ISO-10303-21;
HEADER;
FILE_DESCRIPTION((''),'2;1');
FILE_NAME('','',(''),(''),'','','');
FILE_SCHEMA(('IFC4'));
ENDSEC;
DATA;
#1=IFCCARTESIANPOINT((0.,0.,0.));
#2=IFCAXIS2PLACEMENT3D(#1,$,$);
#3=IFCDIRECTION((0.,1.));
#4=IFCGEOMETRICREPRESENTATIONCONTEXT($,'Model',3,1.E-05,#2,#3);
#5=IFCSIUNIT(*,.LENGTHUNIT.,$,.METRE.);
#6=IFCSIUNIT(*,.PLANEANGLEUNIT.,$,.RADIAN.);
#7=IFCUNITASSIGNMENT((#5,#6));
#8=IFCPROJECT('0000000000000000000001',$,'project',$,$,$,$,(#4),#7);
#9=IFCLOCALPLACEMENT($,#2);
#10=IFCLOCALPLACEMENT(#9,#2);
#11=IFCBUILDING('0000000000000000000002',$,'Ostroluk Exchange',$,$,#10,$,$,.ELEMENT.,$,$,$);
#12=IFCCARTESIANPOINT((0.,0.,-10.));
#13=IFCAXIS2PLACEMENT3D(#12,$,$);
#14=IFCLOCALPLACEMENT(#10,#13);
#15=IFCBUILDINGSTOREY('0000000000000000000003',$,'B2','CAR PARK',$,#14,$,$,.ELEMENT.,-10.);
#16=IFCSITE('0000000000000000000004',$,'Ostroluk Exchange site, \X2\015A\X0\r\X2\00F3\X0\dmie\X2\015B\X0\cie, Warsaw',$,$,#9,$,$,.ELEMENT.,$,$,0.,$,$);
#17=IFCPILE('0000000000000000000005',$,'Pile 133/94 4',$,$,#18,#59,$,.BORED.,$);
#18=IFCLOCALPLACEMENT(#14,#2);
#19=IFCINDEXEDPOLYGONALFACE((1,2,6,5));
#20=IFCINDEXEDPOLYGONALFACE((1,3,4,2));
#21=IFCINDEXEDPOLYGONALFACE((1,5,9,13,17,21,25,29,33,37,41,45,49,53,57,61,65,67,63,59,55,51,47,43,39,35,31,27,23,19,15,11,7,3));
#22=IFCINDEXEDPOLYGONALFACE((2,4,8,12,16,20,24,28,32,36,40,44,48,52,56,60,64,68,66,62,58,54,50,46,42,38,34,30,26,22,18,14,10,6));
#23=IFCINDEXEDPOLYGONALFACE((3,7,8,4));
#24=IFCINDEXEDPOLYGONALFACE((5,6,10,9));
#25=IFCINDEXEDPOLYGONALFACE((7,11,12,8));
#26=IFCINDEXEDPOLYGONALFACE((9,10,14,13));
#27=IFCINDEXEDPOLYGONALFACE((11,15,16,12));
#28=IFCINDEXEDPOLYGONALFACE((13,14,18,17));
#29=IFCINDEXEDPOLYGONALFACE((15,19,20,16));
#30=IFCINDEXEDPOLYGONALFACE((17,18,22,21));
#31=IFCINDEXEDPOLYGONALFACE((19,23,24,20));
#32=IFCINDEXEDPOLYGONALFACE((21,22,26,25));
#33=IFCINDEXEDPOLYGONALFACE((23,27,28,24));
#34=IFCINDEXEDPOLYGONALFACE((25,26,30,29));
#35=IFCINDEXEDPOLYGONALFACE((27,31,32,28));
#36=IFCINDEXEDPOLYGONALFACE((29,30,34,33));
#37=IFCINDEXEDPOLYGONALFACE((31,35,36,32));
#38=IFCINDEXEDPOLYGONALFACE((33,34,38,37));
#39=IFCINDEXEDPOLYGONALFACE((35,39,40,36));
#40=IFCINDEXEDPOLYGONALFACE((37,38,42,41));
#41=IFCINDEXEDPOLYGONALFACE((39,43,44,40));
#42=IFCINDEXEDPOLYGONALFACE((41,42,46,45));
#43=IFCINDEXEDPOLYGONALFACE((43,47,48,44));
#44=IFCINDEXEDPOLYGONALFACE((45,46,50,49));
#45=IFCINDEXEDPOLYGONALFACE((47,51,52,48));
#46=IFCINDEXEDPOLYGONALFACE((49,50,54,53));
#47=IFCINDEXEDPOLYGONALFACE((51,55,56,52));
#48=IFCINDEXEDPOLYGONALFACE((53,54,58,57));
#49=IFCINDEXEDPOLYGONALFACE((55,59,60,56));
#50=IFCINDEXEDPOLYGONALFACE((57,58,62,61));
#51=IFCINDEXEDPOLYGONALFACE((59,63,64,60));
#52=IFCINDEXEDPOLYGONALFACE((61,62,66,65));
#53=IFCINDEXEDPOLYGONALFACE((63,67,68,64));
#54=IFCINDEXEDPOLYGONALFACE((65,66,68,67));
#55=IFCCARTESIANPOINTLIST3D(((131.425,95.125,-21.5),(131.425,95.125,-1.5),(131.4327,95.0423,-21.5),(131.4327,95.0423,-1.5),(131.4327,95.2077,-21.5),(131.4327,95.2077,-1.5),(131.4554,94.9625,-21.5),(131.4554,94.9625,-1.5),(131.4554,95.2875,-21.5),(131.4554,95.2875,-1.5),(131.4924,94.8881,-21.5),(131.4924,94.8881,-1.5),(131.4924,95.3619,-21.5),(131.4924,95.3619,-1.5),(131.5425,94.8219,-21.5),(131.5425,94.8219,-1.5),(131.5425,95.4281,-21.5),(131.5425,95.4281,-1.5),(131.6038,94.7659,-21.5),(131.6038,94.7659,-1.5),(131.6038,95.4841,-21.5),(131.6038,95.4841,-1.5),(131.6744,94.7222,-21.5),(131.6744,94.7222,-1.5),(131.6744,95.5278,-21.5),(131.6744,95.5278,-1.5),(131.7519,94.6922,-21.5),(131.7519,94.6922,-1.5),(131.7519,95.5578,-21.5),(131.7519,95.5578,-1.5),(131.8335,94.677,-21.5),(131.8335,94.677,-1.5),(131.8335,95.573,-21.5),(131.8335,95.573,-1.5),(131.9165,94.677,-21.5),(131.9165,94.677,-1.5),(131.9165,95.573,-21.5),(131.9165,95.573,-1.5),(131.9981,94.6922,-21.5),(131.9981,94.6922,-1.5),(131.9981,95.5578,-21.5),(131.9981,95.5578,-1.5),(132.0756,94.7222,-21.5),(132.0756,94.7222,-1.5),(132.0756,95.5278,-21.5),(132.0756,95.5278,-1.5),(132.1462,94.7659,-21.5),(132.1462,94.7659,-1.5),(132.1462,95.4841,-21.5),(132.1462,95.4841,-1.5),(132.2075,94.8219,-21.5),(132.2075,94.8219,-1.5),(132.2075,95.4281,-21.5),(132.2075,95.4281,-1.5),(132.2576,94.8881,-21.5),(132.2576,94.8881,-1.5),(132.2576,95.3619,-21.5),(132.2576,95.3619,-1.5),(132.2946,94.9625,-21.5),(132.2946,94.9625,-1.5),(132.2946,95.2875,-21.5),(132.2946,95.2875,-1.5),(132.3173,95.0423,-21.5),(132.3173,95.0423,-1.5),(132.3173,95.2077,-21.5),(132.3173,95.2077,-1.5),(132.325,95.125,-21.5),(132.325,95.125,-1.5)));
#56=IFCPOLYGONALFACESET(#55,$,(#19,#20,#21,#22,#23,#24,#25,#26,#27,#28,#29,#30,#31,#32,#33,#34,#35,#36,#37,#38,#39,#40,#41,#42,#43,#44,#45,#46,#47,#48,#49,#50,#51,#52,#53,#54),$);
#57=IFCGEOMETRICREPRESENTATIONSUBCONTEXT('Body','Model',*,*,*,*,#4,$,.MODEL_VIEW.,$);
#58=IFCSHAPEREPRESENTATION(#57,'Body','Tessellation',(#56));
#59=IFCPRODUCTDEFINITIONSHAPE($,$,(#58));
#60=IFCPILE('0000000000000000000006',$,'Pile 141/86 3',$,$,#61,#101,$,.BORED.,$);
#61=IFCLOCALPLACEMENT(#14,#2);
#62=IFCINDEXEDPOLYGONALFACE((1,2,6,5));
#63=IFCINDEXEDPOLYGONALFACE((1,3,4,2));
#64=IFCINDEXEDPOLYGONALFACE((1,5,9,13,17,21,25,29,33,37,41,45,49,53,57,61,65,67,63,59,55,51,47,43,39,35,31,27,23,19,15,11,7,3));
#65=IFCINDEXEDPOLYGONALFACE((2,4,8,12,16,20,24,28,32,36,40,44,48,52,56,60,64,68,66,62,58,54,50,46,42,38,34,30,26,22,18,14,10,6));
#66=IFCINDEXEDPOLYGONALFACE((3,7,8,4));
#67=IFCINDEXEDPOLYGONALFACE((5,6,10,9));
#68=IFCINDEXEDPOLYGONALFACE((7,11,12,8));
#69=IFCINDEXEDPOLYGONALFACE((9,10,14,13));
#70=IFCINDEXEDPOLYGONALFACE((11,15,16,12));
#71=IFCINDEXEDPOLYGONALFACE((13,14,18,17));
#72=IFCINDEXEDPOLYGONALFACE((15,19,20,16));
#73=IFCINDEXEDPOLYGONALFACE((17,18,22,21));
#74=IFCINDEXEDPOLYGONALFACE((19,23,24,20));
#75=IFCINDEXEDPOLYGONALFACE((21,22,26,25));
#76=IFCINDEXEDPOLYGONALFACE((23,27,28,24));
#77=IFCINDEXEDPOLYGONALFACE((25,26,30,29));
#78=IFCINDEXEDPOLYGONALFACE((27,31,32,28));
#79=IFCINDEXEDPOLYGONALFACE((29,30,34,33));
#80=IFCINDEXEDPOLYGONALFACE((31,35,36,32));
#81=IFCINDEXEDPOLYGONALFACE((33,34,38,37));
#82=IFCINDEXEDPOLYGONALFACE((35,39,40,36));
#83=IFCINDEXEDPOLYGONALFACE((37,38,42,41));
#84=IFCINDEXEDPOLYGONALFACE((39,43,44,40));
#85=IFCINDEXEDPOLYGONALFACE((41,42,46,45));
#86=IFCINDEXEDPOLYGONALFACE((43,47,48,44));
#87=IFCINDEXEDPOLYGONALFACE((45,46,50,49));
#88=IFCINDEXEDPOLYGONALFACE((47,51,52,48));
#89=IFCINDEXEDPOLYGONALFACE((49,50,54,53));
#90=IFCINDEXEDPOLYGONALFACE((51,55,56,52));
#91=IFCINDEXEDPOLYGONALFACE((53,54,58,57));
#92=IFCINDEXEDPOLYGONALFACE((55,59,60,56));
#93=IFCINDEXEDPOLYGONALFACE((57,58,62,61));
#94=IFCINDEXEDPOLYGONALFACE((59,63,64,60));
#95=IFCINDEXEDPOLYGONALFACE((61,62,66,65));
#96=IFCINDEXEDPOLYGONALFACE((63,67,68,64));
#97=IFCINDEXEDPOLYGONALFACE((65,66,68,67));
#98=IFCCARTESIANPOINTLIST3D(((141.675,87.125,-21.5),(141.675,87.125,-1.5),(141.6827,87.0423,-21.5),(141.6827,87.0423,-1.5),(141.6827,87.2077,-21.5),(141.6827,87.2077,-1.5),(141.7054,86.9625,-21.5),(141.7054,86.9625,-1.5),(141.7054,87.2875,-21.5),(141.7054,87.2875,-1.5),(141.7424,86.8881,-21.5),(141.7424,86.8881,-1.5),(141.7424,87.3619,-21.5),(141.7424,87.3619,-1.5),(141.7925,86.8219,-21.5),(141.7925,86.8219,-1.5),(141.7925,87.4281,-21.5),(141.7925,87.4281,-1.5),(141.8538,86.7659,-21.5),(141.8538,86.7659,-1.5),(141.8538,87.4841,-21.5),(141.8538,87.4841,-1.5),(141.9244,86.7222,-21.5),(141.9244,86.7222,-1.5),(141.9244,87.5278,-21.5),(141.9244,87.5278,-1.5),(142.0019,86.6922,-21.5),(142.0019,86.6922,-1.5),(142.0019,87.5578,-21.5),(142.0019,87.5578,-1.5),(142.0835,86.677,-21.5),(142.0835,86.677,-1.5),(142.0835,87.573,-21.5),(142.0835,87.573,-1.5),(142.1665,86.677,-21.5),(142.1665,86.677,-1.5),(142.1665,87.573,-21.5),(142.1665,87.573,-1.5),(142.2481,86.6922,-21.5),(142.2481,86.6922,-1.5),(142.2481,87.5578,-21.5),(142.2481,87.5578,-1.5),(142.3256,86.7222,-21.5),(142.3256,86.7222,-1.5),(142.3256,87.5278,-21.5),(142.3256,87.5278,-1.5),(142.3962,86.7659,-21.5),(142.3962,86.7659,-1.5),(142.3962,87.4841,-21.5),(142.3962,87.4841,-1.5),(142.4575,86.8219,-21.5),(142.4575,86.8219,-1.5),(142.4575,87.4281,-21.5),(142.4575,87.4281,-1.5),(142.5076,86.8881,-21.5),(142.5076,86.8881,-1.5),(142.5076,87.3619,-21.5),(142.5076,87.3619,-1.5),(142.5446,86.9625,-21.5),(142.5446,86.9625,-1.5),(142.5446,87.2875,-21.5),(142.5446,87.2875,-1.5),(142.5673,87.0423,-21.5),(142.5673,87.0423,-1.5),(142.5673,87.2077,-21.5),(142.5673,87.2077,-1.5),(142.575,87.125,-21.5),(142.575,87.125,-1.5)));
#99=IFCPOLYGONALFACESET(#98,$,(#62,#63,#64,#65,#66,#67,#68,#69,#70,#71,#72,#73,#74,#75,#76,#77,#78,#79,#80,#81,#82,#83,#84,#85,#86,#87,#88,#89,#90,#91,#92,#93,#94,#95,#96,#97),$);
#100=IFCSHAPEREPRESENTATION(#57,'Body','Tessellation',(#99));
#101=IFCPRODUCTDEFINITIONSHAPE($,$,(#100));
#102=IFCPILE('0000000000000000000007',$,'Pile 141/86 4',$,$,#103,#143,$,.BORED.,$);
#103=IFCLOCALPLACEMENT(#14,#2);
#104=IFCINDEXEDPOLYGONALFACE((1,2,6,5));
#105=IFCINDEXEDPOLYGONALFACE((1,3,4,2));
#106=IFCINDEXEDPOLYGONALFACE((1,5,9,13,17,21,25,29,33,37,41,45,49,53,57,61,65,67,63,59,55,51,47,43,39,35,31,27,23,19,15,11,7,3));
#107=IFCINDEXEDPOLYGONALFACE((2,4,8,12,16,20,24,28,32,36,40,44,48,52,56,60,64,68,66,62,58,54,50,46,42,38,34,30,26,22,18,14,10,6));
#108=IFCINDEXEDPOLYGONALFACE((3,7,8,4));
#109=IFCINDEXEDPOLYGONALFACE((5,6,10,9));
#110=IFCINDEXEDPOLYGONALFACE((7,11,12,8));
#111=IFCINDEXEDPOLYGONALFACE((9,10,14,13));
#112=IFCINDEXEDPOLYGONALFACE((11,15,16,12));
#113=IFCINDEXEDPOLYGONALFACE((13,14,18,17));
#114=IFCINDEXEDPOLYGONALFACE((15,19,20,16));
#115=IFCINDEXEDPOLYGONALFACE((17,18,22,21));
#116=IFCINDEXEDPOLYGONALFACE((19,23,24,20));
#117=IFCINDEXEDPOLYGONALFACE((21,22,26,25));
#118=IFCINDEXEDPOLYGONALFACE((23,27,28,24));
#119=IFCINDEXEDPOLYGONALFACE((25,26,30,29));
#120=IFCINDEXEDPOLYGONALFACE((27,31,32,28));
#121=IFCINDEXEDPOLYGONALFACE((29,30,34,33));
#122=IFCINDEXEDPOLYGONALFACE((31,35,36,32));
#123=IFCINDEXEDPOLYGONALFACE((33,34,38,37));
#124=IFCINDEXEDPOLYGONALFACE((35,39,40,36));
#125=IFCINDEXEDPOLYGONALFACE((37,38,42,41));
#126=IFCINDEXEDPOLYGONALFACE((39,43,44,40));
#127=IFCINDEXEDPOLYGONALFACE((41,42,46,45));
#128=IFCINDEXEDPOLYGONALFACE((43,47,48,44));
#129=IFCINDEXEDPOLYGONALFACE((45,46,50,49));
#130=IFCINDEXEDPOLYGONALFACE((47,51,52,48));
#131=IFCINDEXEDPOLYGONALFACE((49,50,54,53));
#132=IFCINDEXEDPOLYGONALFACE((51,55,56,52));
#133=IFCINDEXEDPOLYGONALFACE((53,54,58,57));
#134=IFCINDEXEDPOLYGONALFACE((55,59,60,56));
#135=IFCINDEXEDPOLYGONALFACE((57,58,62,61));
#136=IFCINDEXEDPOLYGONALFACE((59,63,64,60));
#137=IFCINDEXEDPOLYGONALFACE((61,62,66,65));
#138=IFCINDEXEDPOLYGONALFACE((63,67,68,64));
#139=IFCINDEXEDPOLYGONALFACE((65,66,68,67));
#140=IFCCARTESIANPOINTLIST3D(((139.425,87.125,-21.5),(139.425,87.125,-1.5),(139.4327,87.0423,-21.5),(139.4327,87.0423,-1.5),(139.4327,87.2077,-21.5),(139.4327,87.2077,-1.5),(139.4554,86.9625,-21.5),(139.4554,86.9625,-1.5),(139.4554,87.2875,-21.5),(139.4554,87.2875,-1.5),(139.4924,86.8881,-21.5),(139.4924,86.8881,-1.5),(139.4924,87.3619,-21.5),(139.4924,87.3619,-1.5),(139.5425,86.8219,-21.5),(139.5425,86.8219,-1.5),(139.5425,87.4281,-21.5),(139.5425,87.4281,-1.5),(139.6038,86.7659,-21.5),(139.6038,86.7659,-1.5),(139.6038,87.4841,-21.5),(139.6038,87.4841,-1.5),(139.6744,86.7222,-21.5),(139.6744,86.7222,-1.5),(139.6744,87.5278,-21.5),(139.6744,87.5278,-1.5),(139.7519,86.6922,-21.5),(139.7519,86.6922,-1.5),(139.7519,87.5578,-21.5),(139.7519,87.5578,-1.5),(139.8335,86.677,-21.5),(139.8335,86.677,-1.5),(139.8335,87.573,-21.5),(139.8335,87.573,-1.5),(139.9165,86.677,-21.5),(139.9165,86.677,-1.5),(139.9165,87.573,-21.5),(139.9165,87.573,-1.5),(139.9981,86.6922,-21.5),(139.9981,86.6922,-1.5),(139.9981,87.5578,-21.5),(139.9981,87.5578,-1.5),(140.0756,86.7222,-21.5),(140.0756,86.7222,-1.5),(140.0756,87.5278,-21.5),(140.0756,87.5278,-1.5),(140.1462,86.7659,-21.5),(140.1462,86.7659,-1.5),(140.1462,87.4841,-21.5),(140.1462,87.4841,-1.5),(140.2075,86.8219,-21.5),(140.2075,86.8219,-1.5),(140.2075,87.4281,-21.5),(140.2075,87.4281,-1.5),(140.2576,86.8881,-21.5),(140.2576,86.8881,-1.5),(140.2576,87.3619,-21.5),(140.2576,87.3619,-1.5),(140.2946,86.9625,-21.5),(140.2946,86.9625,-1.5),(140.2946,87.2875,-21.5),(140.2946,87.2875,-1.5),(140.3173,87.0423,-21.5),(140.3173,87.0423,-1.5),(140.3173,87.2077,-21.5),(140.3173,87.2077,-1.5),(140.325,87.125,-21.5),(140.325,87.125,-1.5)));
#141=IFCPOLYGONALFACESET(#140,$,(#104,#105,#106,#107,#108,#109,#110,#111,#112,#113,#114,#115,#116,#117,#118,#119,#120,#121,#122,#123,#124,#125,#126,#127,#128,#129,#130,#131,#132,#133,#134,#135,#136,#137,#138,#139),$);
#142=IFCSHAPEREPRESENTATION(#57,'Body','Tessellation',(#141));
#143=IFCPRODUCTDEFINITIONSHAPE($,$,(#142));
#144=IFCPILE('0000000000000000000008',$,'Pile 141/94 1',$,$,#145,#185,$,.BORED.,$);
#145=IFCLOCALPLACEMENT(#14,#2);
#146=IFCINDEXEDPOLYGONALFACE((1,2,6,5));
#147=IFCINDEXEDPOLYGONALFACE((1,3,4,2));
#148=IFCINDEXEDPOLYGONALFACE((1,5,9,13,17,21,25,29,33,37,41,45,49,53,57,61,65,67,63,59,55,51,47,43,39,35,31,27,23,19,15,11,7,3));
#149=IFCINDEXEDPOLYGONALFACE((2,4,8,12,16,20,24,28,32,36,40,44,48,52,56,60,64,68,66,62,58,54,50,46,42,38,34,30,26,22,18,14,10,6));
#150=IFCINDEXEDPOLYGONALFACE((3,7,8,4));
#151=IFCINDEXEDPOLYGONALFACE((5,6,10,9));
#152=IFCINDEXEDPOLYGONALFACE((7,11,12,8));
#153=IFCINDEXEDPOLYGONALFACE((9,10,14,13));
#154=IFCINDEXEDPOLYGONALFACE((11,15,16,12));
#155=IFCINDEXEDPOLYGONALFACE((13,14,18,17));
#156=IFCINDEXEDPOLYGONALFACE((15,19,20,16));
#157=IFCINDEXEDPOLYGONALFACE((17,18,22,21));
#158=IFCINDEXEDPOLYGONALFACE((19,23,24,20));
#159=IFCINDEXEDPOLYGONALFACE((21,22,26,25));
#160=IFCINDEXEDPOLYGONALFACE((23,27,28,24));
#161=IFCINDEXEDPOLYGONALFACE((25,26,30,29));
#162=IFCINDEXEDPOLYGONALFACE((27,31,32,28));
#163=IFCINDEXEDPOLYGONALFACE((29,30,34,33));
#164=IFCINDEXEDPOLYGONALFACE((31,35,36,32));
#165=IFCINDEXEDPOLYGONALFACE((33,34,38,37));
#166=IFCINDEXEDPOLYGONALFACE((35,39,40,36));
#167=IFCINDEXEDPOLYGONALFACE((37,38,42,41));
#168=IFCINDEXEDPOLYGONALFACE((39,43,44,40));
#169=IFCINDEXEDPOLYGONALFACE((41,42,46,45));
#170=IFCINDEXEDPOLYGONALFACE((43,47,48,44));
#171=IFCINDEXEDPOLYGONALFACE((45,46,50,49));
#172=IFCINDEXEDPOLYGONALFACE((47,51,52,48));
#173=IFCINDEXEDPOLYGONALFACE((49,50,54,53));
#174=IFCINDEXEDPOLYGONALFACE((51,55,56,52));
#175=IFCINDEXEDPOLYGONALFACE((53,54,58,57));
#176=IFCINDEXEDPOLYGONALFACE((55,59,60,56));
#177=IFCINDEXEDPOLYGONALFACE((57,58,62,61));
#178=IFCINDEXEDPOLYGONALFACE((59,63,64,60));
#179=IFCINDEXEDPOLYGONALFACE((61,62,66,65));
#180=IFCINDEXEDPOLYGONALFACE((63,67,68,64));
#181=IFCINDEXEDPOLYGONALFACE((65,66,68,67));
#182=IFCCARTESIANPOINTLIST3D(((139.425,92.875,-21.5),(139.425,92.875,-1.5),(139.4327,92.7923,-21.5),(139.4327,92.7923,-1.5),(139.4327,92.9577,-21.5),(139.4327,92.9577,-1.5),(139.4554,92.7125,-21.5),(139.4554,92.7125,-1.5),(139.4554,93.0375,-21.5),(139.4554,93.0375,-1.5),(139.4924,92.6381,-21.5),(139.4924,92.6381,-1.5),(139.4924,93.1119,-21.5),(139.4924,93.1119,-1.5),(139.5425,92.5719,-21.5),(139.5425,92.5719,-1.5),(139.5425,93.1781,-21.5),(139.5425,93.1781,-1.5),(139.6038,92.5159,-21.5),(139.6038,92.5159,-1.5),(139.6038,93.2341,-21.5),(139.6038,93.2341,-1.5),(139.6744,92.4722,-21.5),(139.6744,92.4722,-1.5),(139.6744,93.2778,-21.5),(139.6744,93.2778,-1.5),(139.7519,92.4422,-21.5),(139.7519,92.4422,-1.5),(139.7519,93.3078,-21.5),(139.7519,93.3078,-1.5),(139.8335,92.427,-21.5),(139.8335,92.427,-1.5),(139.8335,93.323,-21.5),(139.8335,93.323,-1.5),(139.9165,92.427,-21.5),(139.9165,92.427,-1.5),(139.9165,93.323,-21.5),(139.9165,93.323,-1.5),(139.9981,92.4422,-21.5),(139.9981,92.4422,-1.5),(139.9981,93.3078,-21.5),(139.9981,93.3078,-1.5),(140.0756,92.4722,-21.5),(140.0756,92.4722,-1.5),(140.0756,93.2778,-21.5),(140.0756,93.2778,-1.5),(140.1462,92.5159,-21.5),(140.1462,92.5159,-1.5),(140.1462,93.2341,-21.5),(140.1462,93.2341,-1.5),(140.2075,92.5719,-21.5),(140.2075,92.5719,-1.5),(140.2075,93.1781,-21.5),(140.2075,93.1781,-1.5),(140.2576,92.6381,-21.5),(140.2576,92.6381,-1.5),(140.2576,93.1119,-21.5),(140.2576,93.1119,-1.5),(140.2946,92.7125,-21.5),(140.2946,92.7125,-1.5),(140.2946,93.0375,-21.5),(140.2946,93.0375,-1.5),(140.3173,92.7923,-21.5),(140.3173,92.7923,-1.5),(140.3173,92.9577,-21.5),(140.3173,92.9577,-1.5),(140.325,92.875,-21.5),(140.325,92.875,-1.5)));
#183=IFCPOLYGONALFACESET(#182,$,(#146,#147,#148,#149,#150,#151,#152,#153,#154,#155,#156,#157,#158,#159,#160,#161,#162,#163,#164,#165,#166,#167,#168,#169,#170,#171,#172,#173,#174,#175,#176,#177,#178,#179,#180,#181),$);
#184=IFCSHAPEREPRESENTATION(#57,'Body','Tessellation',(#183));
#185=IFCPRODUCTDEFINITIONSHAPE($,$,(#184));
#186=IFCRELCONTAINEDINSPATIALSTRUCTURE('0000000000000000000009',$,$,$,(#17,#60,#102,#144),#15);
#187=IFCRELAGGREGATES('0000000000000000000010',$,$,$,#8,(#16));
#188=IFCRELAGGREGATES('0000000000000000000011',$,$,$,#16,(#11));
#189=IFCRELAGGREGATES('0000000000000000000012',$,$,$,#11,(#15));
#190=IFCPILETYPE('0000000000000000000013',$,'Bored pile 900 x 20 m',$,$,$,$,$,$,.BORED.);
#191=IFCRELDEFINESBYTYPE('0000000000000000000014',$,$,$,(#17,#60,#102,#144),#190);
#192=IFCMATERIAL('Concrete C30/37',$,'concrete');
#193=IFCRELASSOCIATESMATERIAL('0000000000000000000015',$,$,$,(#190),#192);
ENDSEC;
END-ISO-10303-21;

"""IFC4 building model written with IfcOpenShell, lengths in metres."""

from ifc_helpers import new_model, si_unit, direction, frame, origin, origin_2d, place, context, subcontext, project, spatial, circle, extrude, material, type_object, element, save


model = new_model("IFC4")

# Units and contexts
model_context = context("Model", 3, precision=1e-05, world=origin(), true_north=direction((0.0, 1.0)))
body_context = subcontext(model_context, "Body", "Model", "MODEL_VIEW")
ifc_project = project(units=[si_unit("LENGTHUNIT", "METRE"), si_unit("PLANEANGLEUNIT", "RADIAN")], contexts=[model_context])

# Site, building, storey
site_placement = place(None, origin())
site = spatial("IfcSite", under=ifc_project, at=site_placement, Name="Ostroluk Exchange site, Śródmieście, Warsaw", CompositionType="ELEMENT", RefElevation=0.0)
building_placement = place(site_placement, origin())
building = spatial("IfcBuilding", under=site, at=building_placement, Name="Ostroluk Exchange", CompositionType="ELEMENT")
storey_placement = place(building_placement, frame((0.0, 0.0, -10.0)))
storey = spatial("IfcBuildingStorey", under=building, at=storey_placement, Name="B2", Description="CAR PARK", CompositionType="ELEMENT", Elevation=-10.0)

# Piles
ifc_material_1 = material(Name="Concrete C30/37", Category="concrete")
pile_type = type_object("IfcPileType", Name="Bored pile 900 x 20 m", PredefinedType="BORED", material=ifc_material_1)
for number, where, z_axis, x_axis, name in (
    (1, (131.875, 95.125, -1.5), (0.0, 0.0, -1.0), (1.0, 0.0, 0.0), "Pile 133/94 4"),
    (2, (142.125, 87.125, -1.5), (0.0, 0.0, -1.0), (1.0, 0.0, 0.0), "Pile 141/86 3"),
    (3, (139.875, 87.125, -1.5), (0.0, 0.0, -1.0), (1.0, 0.0, 0.0), "Pile 141/86 4"),
    (4, (139.875, 92.875, -1.5), (0.0, 0.0, -1.0), (1.0, 0.0, 0.0), "Pile 141/94 1"),
):
    element("IfcPile", number, at=place(storey_placement, frame(where, z_axis=z_axis, x_axis=x_axis)), inside=storey, type_object=pile_type, Name=name, PredefinedType="BORED", context=body_context, shape_type="SweptSolid", body=[
        extrude(circle(Radius=0.45, at=origin_2d()), origin(), (0.0, 0.0, 1.0), 20.0),
    ])

save(model, "model.ifc")
